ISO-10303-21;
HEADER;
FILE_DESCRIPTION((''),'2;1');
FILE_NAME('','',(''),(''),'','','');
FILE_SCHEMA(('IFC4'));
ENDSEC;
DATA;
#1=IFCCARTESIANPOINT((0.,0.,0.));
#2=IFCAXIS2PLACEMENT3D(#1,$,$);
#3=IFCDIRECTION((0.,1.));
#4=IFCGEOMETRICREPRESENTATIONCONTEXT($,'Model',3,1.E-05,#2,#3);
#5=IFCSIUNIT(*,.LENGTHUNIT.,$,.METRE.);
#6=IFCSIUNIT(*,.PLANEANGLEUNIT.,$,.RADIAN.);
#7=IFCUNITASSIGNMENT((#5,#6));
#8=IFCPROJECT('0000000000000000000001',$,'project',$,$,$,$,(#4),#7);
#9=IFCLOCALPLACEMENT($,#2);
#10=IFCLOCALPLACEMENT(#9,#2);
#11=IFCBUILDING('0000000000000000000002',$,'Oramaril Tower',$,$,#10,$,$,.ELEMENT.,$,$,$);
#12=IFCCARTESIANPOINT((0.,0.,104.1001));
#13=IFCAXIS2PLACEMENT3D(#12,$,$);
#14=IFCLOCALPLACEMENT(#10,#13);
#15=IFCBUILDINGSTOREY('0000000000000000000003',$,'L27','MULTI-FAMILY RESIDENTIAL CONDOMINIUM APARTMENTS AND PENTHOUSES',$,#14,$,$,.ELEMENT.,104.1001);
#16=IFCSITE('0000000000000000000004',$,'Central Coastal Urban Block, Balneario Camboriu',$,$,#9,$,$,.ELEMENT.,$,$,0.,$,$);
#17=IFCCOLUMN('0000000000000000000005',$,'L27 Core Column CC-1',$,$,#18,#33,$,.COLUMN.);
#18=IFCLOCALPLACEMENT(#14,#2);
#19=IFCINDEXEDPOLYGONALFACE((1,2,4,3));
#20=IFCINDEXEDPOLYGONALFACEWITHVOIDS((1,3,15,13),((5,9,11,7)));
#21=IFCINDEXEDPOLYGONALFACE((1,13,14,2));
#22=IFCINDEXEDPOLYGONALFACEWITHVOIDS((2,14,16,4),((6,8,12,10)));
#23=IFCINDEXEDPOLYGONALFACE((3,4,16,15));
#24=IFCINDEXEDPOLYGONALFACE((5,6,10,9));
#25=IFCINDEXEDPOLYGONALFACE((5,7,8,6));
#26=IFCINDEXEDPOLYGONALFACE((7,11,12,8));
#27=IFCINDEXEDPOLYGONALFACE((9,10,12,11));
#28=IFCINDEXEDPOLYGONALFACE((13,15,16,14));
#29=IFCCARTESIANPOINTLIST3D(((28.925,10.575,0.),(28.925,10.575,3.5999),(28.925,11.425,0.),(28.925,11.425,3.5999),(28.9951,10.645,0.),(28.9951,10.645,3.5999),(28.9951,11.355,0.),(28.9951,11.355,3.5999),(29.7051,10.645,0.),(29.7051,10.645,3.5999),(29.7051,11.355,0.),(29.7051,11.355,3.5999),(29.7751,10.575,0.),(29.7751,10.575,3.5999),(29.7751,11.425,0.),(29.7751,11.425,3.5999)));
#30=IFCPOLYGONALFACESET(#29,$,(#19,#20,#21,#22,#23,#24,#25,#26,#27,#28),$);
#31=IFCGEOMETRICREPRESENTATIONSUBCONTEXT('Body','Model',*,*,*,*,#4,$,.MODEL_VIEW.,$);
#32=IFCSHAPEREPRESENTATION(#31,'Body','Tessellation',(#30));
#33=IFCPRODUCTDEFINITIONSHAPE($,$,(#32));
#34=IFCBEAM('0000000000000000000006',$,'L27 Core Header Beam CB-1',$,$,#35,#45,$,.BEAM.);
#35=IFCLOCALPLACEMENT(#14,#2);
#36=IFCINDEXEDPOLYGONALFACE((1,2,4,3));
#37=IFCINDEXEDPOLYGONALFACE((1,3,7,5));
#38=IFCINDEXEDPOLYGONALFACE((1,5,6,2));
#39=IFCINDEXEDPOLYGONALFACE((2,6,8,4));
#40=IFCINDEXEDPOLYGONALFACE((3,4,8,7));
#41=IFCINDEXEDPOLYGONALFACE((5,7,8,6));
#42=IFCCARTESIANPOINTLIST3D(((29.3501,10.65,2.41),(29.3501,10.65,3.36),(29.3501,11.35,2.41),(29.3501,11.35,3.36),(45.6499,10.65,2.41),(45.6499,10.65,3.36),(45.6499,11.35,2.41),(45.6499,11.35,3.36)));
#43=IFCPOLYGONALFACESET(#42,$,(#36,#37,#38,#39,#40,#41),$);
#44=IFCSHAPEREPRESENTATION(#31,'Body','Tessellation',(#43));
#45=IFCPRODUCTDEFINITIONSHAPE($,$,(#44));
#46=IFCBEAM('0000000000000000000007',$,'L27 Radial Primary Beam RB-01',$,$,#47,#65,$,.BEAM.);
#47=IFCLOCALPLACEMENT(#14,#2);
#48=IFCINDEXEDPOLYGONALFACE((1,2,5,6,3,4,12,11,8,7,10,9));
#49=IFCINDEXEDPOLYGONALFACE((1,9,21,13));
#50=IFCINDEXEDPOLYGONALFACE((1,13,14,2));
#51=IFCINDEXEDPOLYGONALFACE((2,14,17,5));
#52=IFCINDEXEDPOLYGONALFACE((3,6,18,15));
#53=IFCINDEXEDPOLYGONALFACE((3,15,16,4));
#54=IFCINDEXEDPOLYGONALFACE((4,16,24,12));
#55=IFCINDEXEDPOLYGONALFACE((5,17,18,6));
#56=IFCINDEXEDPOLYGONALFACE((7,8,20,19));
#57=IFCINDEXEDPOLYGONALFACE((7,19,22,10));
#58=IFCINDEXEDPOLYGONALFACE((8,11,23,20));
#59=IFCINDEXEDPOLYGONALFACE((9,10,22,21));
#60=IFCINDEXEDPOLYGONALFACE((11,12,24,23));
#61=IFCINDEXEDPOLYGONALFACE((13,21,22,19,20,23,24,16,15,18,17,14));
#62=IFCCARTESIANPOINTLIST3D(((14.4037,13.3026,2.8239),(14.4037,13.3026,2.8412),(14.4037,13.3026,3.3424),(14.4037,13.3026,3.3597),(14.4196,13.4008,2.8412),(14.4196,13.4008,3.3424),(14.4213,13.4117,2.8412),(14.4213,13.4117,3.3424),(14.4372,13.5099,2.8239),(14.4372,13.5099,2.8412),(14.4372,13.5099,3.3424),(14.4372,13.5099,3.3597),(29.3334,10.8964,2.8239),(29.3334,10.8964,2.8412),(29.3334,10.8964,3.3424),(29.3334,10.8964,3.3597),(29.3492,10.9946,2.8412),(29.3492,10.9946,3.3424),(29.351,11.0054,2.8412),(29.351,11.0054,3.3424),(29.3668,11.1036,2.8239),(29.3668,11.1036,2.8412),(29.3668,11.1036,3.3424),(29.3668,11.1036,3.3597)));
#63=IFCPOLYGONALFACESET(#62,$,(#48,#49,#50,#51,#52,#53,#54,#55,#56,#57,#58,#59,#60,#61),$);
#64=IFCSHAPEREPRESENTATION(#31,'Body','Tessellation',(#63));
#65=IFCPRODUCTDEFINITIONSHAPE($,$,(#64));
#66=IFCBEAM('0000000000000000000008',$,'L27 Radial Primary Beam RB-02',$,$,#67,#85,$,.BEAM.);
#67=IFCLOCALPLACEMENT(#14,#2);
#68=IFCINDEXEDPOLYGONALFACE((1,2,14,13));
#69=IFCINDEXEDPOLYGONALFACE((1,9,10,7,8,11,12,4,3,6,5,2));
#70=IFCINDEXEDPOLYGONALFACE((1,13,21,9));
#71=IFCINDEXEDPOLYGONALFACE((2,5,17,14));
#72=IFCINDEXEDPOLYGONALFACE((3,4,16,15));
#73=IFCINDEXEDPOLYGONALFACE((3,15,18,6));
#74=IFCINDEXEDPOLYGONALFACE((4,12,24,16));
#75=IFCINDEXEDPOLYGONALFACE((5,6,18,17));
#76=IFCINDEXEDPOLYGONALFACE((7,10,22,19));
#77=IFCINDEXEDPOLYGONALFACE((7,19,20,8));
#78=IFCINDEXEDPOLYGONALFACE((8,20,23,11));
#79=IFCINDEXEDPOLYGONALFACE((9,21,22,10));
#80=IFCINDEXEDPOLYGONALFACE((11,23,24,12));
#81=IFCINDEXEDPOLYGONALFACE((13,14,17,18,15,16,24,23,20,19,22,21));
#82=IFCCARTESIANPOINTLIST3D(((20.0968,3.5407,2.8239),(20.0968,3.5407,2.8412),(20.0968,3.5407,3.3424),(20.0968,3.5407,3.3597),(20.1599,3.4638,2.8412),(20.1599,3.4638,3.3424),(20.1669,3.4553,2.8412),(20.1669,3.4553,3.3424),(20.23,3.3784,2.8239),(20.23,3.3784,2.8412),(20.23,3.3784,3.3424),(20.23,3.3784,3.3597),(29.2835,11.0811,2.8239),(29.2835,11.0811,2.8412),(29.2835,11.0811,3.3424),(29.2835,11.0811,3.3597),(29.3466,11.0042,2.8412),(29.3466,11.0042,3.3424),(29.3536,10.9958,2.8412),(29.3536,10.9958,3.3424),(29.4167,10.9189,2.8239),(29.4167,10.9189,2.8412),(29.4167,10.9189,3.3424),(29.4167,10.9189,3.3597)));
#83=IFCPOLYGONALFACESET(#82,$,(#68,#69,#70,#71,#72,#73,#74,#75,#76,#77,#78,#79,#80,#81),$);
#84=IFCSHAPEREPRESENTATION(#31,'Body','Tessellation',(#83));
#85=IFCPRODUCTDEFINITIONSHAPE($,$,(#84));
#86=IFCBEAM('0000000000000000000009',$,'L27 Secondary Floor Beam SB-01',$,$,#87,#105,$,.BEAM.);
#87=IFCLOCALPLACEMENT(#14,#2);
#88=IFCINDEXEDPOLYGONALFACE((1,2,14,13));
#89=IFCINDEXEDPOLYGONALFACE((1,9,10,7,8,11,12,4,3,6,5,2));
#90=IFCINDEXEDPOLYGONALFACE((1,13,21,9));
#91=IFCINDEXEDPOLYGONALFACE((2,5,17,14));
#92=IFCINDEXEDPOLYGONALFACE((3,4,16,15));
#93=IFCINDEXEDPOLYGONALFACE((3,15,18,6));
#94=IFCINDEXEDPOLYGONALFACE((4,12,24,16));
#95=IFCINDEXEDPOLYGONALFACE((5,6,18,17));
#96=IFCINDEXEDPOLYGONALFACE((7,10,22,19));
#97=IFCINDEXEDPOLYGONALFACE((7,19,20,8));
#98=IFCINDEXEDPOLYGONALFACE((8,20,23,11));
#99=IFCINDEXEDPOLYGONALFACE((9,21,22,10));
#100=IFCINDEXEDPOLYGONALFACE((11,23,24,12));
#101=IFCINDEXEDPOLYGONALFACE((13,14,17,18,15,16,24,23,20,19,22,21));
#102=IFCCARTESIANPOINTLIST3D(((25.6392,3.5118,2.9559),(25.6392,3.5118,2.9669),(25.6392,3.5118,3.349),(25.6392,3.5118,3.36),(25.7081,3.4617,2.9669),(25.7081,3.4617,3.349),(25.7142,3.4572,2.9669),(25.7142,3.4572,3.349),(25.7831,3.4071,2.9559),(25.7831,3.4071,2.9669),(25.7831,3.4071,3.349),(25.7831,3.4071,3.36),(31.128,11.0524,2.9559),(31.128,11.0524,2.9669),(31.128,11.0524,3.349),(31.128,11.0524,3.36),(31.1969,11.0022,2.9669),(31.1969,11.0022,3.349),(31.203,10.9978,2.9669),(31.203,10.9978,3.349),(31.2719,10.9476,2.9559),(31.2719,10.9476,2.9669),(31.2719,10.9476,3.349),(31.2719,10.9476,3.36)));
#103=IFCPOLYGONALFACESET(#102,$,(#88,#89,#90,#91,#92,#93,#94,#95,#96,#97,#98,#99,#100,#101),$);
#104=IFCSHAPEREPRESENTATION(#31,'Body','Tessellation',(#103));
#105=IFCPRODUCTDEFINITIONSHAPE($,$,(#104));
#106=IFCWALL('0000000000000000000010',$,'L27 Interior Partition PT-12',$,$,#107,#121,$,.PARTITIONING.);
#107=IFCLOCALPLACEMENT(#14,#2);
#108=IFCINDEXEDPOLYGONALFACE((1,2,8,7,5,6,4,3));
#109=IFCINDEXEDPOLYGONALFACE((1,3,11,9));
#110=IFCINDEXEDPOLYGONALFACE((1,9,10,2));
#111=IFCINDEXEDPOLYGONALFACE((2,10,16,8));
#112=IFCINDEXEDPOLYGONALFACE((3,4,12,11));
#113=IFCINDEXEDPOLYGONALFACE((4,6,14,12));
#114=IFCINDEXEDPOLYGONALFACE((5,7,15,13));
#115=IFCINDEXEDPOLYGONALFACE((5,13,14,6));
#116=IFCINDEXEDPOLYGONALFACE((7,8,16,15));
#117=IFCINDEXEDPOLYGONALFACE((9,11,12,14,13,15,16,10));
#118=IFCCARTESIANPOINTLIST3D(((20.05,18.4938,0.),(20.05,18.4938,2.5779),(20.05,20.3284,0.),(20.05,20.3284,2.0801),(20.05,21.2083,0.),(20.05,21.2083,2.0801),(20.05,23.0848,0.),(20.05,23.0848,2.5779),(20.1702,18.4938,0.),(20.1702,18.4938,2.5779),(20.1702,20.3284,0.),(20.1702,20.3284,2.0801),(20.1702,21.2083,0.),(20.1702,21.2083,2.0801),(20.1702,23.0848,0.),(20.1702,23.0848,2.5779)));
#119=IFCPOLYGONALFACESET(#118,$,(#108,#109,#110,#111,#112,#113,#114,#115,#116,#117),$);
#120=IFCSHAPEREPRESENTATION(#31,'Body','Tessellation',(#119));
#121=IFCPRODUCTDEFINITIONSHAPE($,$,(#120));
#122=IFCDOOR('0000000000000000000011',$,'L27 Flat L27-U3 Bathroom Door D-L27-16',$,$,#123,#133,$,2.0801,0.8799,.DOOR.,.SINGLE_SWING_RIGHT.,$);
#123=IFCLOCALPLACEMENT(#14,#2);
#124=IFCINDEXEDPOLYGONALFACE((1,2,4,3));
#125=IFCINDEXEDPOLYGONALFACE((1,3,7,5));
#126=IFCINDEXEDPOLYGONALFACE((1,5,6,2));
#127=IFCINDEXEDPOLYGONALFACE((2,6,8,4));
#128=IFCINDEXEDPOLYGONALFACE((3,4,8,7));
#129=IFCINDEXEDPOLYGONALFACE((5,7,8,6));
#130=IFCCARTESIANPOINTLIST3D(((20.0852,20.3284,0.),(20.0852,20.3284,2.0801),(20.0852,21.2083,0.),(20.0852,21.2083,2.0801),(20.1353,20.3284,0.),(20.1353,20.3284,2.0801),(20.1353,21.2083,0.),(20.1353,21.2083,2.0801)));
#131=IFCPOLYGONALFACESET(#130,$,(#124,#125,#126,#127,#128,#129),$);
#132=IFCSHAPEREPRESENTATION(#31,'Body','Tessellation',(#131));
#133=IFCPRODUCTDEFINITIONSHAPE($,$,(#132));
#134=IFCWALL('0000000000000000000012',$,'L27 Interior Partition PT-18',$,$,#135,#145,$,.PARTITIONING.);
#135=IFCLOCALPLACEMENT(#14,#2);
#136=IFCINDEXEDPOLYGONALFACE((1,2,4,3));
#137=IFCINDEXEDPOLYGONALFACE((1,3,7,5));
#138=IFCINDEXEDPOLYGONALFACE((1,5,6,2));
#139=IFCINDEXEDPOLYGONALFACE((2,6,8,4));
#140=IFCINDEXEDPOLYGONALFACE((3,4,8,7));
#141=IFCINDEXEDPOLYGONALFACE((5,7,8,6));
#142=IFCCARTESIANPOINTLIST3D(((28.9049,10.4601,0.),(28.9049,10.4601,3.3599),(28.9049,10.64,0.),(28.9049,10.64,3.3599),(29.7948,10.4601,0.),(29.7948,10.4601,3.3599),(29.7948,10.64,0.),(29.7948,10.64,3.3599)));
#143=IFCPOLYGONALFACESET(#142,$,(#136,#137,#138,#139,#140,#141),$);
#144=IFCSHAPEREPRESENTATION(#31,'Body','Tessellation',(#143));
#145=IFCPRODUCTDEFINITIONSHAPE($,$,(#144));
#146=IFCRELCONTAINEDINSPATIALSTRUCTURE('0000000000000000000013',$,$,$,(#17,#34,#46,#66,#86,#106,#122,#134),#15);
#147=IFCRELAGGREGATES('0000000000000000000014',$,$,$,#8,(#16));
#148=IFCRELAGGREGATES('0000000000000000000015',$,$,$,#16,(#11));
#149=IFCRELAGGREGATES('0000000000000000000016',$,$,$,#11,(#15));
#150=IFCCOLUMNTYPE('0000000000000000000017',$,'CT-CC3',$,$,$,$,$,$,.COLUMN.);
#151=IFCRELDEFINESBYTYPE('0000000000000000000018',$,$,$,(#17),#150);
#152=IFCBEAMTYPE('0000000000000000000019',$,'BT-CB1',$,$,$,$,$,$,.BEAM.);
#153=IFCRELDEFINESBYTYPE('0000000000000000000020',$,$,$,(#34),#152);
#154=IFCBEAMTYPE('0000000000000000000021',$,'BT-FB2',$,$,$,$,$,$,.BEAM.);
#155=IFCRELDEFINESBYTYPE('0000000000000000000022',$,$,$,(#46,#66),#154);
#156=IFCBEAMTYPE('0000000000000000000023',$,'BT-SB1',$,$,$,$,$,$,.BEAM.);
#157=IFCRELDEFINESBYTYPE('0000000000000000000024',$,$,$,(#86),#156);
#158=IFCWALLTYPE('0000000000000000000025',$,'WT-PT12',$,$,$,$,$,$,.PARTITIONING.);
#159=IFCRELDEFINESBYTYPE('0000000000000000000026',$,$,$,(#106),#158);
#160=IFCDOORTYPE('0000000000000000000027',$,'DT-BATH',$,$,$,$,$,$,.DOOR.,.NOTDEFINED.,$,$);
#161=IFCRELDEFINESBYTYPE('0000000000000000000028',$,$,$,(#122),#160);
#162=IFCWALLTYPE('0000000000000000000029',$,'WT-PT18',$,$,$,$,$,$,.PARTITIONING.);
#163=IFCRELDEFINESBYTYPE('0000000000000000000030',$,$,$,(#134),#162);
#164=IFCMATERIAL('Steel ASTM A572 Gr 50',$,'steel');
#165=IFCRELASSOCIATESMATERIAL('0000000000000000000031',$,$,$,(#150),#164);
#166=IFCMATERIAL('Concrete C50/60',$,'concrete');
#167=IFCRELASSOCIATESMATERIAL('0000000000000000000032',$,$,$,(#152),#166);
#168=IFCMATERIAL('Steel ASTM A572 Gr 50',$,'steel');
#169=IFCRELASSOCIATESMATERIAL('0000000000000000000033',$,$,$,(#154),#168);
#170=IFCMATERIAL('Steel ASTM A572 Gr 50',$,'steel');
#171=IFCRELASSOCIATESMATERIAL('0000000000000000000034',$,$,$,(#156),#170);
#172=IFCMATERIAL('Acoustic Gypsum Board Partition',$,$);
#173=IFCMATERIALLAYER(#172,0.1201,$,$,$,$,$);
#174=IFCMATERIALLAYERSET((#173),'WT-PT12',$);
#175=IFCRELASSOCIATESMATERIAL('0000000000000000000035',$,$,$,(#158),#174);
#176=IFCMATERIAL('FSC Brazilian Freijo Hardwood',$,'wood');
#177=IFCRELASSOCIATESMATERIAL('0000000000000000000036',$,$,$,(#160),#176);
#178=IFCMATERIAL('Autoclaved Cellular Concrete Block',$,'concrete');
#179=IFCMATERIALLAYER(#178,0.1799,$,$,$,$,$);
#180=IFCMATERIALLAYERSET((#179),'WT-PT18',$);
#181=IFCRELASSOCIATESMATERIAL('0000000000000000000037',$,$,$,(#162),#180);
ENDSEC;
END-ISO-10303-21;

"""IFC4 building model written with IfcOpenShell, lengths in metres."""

from ifc_helpers import new_model, si_unit, direction, frame, frame_2d, origin, origin_2d, place, context, subcontext, project, spatial, rectangle, hollow_rectangle, i_section, extrude, material, layer, layer_set, material_profile, profile_set, type_object, element, fill, save


model = new_model("IFC4")

# Units and contexts
model_context = context("Model", 3, precision=1e-05, world=origin(), true_north=direction((0.0, 1.0)))
body_context = subcontext(model_context, "Body", "Model", "MODEL_VIEW")
ifc_project = project(units=[si_unit("LENGTHUNIT", "METRE"), si_unit("PLANEANGLEUNIT", "RADIAN")], contexts=[model_context])

# Site, building, storey
site_placement = place(None, origin())
site = spatial("IfcSite", under=ifc_project, at=site_placement, Name="Central Coastal Urban Block, Balneario Camboriu", CompositionType="ELEMENT", RefElevation=0.0)
building_placement = place(site_placement, origin())
building = spatial("IfcBuilding", under=site, at=building_placement, Name="Oramaril Tower", CompositionType="ELEMENT")
storey_placement = place(building_placement, frame((0.0, 0.0, 104.1001)))
storey = spatial("IfcBuildingStorey", under=building, at=storey_placement, Name="L27", Description="MULTI-FAMILY RESIDENTIAL CONDOMINIUM APARTMENTS AND PENTHOUSES", CompositionType="ELEMENT", Elevation=104.1001)

# Column
ifc_material_1 = material(Name="Steel ASTM A572 Gr 50", Category="steel")
ifc_material_profile_1 = material_profile(ifc_material_1, hollow_rectangle(XDim=0.8501, YDim=0.8501, WallThickness=0.0701, at=origin_2d()), Name="BOX850X850X70")
ifc_profile_set_1 = profile_set([ifc_material_profile_1], Name="Steel ASTM A572 Gr 50")
column_type = type_object("IfcColumnType", Name="CT-CC3", PredefinedType="COLUMN", material=ifc_profile_set_1)
column_placement = place(storey_placement, frame((29.3501, 11.0, 0.0), z_axis=(0.0, 0.0, 1.0), x_axis=(1.0, 0.0, 0.0)))
element("IfcColumn", 1, at=column_placement, inside=storey, type_object=column_type, Name="L27 Core Column CC-1", PredefinedType="COLUMN", context=body_context, shape_type="SweptSolid", body=[
    extrude(hollow_rectangle(XDim=0.8501, YDim=0.8501, WallThickness=0.0701, at=origin_2d()), origin(), (0.0, 0.0, 1.0), 3.5999),
])

# Beams
ifc_material_2 = material(Name="Concrete C50/60", Category="concrete")
ifc_material_profile_2 = material_profile(ifc_material_2, rectangle(XDim=0.7, YDim=0.95, at=origin_2d()), Name="CB700X950")
ifc_profile_set_2 = profile_set([ifc_material_profile_2], Name="Concrete C50/60")
beam_type_1 = type_object("IfcBeamType", Name="BT-CB1", PredefinedType="BEAM", material=ifc_profile_set_2)
beam_1_placement = place(storey_placement, frame((29.3501, 11.0, 2.885), z_axis=(1.0, 0.0, 0.0), x_axis=(0.0, 1.0, 0.0)))
element("IfcBeam", 2, at=beam_1_placement, inside=storey, type_object=beam_type_1, Name="L27 Core Header Beam CB-1", PredefinedType="BEAM", context=body_context, shape_type="SweptSolid", body=[
    extrude(rectangle(XDim=0.7, YDim=0.95, at=origin_2d()), origin(), (0.0, 0.0, 1.0), 16.2998),
])
ifc_material_3 = material(Name="Steel ASTM A572 Gr 50", Category="steel")
ifc_material_profile_3 = material_profile(ifc_material_3, i_section(OverallWidth=0.21, OverallDepth=0.5359, WebThickness=0.011, FlangeThickness=0.0173, at=origin_2d()), Name="W21X68")
ifc_profile_set_3 = profile_set([ifc_material_profile_3], Name="Steel ASTM A572 Gr 50")
beam_type_2 = type_object("IfcBeamType", Name="BT-FB2", PredefinedType="BEAM", material=ifc_profile_set_3)
beam_2_placement = place(storey_placement, frame((29.3501, 11.0, 3.0918), z_axis=(-0.987259, 0.159119, 0.0), x_axis=(-0.159119, -0.987259, 0.0)))
element("IfcBeam", 3, at=beam_2_placement, inside=storey, type_object=beam_type_2, Name="L27 Radial Primary Beam RB-01", PredefinedType="BEAM", context=body_context, shape_type="SweptSolid", body=[
    extrude(i_section(OverallWidth=0.21, OverallDepth=0.5359, WebThickness=0.011, FlangeThickness=0.0173, at=origin_2d()), origin(), (0.0, 0.0, 1.0), 15.1223),
])
beam_3_placement = place(storey_placement, frame((29.3501, 11.0, 3.0918), z_axis=(-0.772963, -0.634451, 0.0), x_axis=(0.634451, -0.772963, 0.0)))
element("IfcBeam", 4, at=beam_3_placement, inside=storey, type_object=beam_type_2, Name="L27 Radial Primary Beam RB-02", PredefinedType="BEAM", context=body_context, shape_type="SweptSolid", body=[
    extrude(i_section(OverallWidth=0.21, OverallDepth=0.5359, WebThickness=0.011, FlangeThickness=0.0173, at=origin_2d()), origin(), (0.0, 0.0, 1.0), 11.885),
])
ifc_material_4 = material(Name="Steel ASTM A572 Gr 50", Category="steel")
ifc_material_profile_4 = material_profile(ifc_material_4, i_section(OverallWidth=0.178, OverallDepth=0.4041, WebThickness=0.0076, FlangeThickness=0.011, at=origin_2d()), Name="W16X36")
ifc_profile_set_4 = profile_set([ifc_material_profile_4], Name="Steel ASTM A572 Gr 50")
beam_type_3 = type_object("IfcBeamType", Name="BT-SB1", PredefinedType="BEAM", material=ifc_profile_set_4)
beam_4_placement = place(storey_placement, frame((31.2, 11.0, 3.158), z_axis=(-0.588505, -0.808494, 0.0), x_axis=(0.808494, -0.588505, 0.0)))
element("IfcBeam", 5, at=beam_4_placement, inside=storey, type_object=beam_type_3, Name="L27 Secondary Floor Beam SB-01", PredefinedType="BEAM", context=body_context, shape_type="SweptSolid", body=[
    extrude(i_section(OverallWidth=0.178, OverallDepth=0.4041, WebThickness=0.0076, FlangeThickness=0.011, at=origin_2d()), origin(), (0.0, 0.0, 1.0), 9.3267),
])

# Wall, opening, door
ifc_material_5 = material(Name="Acoustic Gypsum Board Partition")
ifc_layer_1 = layer(ifc_material_5, 0.1201)
ifc_layer_set_1 = layer_set([ifc_layer_1], Name="WT-PT12")
wall_type_1 = type_object("IfcWallType", Name="WT-PT12", PredefinedType="PARTITIONING", material=ifc_layer_set_1)
wall_1_placement = place(storey_placement, frame((20.1101, 18.4939, 0.0), z_axis=(0.0, 0.0, 1.0), x_axis=(0.0, 1.0, 0.0)))
wall_1 = element("IfcWall", 6, at=wall_1_placement, inside=storey, type_object=wall_type_1, Name="L27 Interior Partition PT-12", PredefinedType="PARTITIONING", context=body_context, shape_type="SweptSolid", body=[
    extrude(rectangle(XDim=4.5911, YDim=0.1201, at=frame_2d((2.2954, 0.0))), origin(), (0.0, 0.0, 1.0), 2.5779),
])
opening_1_placement = place(wall_1_placement, frame((1.8345, 0.0, 0.0)))
opening_1 = element("IfcOpeningElement", 7, at=opening_1_placement, cuts=wall_1, PredefinedType="OPENING", context=body_context, shape_type="SweptSolid", body=[
    extrude(rectangle(XDim=0.8799, YDim=2.0801, at=frame_2d((0.4399, 1.04))), frame((0.0, 0.0601, 0.0), z_axis=(0.0, -1.0, 0.0), x_axis=(1.0, 0.0, 0.0)), (0.0, 0.0, 1.0), 0.1201),
])
ifc_material_6 = material(Name="FSC Brazilian Freijo Hardwood", Category="wood")
door_type_1 = type_object("IfcDoorType", Name="DT-BATH", OperationType="NOTDEFINED", PredefinedType="DOOR", material=ifc_material_6)
door_1_placement = place(opening_1_placement, origin())
door_1 = element("IfcDoor", 8, at=door_1_placement, inside=storey, type_object=door_type_1, Name="L27 Flat L27-U3 Bathroom Door D-L27-16", OperationType="SINGLE_SWING_RIGHT", OverallHeight=2.0801, OverallWidth=0.8799, PredefinedType="DOOR", context=body_context, shape_type="SweptSolid", body=[
    extrude(rectangle(XDim=0.8799, YDim=2.0801, at=frame_2d((0.4399, 1.04))), frame((0.0, 0.0249, 0.0), z_axis=(0.0, -1.0, 0.0), x_axis=(1.0, 0.0, 0.0)), (0.0, 0.0, 1.0), 0.05),
])
fill(opening_1, door_1)

# Wall
ifc_material_7 = material(Name="Autoclaved Cellular Concrete Block", Category="concrete")
ifc_layer_2 = layer(ifc_material_7, 0.1799)
ifc_layer_set_2 = layer_set([ifc_layer_2], Name="WT-PT18")
wall_type_2 = type_object("IfcWallType", Name="WT-PT18", PredefinedType="PARTITIONING", material=ifc_layer_set_2)
wall_2_placement = place(storey_placement, frame((28.905, 10.55, 0.0), z_axis=(0.0, 0.0, 1.0), x_axis=(1.0, 0.0, 0.0)))
element("IfcWall", 9, at=wall_2_placement, inside=storey, type_object=wall_type_2, Name="L27 Interior Partition PT-18", PredefinedType="PARTITIONING", context=body_context, shape_type="SweptSolid", body=[
    extrude(rectangle(XDim=0.8899, YDim=0.1799, at=frame_2d((0.4448, 0.0))), origin(), (0.0, 0.0, 1.0), 3.3599),
])

save(model, "model.ifc")
